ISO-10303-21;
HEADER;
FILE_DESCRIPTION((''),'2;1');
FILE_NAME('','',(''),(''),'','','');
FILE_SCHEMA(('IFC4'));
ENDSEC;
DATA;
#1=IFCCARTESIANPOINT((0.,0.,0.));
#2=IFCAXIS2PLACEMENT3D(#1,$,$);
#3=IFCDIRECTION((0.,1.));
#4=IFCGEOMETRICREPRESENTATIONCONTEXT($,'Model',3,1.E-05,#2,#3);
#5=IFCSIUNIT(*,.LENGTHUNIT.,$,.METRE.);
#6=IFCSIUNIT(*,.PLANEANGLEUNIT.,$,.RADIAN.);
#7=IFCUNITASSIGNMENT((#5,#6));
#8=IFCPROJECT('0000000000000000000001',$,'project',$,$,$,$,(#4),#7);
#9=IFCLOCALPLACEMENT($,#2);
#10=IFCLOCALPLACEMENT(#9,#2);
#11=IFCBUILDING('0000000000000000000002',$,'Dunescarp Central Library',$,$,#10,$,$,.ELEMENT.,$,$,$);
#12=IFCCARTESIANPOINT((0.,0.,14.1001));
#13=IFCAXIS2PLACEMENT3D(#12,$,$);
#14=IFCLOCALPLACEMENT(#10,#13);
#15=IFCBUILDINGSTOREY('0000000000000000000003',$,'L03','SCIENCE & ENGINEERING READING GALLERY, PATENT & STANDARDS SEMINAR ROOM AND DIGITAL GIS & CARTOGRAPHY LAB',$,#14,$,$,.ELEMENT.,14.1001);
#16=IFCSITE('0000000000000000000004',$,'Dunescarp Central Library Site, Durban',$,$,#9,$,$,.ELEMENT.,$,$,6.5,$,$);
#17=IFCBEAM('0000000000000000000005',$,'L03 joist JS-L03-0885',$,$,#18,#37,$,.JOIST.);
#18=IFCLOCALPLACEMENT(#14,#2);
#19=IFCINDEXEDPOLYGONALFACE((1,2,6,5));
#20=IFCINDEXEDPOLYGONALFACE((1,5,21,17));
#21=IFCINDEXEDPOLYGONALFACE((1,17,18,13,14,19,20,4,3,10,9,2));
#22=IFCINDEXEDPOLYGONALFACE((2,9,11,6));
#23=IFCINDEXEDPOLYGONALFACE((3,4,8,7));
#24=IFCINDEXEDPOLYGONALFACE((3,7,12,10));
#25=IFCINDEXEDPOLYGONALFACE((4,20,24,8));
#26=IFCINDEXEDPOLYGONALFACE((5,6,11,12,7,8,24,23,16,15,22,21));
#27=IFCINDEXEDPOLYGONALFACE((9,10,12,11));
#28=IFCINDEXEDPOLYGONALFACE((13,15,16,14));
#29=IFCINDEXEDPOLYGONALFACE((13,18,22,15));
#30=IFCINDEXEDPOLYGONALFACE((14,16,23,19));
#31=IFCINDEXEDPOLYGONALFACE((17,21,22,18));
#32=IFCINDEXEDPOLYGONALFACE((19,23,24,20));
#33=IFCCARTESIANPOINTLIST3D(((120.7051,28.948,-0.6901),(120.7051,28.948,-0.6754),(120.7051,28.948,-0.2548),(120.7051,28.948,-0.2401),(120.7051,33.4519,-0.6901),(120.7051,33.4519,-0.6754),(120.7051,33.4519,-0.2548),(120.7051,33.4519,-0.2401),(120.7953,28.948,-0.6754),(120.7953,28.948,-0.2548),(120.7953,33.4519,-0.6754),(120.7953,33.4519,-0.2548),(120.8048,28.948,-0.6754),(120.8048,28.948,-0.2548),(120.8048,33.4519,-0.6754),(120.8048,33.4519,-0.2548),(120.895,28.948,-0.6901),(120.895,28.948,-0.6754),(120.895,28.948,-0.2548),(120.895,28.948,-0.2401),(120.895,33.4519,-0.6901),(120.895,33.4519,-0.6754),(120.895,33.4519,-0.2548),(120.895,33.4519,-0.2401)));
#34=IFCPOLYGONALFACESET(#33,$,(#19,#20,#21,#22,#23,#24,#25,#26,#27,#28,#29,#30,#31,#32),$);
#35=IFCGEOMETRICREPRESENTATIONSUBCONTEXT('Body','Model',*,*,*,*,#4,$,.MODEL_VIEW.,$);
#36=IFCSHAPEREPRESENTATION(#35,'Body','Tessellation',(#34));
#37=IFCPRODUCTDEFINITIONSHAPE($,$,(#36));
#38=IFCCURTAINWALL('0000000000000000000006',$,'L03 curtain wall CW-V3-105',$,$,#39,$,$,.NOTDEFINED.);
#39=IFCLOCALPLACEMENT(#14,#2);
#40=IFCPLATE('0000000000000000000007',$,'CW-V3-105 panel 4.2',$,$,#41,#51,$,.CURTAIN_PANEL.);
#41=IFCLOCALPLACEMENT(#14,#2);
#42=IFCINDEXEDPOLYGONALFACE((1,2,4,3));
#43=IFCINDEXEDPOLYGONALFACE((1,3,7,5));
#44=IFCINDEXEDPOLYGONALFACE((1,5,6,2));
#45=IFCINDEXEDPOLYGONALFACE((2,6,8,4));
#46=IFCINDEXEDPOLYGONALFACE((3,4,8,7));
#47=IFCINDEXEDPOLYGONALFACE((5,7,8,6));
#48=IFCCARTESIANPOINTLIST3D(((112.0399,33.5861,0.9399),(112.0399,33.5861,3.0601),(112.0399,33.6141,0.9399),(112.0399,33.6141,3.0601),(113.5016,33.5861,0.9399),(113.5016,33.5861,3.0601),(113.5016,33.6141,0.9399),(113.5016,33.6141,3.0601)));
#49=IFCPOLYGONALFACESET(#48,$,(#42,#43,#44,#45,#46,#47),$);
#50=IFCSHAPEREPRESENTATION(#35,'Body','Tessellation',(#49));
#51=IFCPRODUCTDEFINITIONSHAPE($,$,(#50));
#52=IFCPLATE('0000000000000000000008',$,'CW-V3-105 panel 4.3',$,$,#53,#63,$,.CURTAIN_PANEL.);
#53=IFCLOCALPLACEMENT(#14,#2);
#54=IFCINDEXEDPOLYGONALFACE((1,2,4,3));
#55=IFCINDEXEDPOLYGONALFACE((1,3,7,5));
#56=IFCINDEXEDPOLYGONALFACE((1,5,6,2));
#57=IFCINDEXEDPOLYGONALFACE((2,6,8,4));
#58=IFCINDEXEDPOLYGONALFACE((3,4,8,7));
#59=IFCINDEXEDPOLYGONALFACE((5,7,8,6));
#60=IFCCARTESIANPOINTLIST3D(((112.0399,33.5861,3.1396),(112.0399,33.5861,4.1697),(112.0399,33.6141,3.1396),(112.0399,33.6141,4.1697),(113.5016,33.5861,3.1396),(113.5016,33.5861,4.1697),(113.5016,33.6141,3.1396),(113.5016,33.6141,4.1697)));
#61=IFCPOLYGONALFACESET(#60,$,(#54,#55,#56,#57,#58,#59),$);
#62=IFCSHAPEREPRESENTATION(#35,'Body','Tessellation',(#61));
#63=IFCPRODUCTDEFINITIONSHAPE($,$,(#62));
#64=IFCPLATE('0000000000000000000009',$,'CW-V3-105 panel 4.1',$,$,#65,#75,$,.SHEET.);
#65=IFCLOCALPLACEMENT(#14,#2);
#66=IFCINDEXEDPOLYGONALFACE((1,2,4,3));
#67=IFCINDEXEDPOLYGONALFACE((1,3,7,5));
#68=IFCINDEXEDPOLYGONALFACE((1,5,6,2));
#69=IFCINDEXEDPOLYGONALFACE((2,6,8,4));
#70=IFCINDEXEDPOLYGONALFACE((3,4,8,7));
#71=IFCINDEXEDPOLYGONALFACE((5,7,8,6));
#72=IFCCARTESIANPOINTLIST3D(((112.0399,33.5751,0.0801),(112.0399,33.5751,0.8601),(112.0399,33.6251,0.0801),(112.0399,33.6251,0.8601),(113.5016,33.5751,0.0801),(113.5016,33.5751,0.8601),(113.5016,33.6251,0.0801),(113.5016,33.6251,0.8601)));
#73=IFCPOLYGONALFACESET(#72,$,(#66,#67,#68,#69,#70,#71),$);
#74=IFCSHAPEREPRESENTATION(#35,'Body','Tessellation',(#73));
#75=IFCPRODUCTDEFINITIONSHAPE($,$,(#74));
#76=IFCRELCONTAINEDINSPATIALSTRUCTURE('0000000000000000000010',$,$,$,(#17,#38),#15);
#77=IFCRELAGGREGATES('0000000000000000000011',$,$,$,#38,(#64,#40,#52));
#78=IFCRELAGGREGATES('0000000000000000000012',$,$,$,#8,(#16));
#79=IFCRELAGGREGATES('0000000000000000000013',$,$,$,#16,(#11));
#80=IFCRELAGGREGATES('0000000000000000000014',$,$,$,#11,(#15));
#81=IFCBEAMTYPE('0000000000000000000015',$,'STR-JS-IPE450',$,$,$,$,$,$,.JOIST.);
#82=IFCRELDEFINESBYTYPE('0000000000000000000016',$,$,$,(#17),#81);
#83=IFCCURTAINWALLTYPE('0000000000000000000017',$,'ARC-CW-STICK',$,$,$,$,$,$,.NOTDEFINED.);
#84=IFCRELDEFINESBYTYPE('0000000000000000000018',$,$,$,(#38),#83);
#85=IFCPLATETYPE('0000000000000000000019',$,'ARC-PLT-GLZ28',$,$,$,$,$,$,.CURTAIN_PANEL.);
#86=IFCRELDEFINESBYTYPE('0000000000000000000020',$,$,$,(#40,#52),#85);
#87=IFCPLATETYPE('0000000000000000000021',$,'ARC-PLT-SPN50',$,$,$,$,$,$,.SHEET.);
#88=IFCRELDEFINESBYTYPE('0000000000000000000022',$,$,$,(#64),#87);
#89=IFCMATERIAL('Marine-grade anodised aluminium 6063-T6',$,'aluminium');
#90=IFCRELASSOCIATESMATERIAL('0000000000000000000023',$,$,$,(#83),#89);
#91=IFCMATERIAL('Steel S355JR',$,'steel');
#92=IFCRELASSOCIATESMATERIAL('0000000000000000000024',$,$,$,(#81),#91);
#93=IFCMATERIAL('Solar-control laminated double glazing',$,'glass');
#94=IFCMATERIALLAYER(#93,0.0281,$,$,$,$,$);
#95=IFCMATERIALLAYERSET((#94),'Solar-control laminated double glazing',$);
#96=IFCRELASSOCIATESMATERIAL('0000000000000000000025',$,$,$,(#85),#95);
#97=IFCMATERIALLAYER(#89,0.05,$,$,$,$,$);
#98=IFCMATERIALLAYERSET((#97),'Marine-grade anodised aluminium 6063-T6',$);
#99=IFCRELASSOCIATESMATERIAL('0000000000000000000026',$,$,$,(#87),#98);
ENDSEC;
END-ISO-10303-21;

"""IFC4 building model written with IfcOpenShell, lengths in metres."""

from ifc_helpers import new_model, si_unit, direction, frame, origin, origin_2d, place, context, subcontext, project, spatial, rectangle, i_section, extrude, material, layer, layer_set, material_profile, profile_set, type_object, element, aggregate, save


model = new_model("IFC4")

# Units and contexts
model_context = context("Model", 3, precision=1e-05, world=origin(), true_north=direction((0.0, 1.0)))
body_context = subcontext(model_context, "Body", "Model", "MODEL_VIEW")
ifc_project = project(units=[si_unit("LENGTHUNIT", "METRE"), si_unit("PLANEANGLEUNIT", "RADIAN")], contexts=[model_context])

# Site, building, storey
site_placement = place(None, origin())
site = spatial("IfcSite", under=ifc_project, at=site_placement, Name="Dunescarp Central Library Site, Durban", CompositionType="ELEMENT", RefElevation=6.5)
building_placement = place(site_placement, origin())
building = spatial("IfcBuilding", under=site, at=building_placement, Name="Dunescarp Central Library", CompositionType="ELEMENT")
storey_placement = place(building_placement, frame((0.0, 0.0, 14.1001)))
storey = spatial("IfcBuildingStorey", under=building, at=storey_placement, Name="L03", Description="SCIENCE & ENGINEERING READING GALLERY, PATENT & STANDARDS SEMINAR ROOM AND DIGITAL GIS & CARTOGRAPHY LAB", CompositionType="ELEMENT", Elevation=14.1001)

# Shared definitions
ifc_material_1 = material(Name="Steel S355JR", Category="steel")

# Shared definitions
ifc_material_2 = material(Name="Marine-grade anodised aluminium 6063-T6", Category="aluminium")
curtain_wall_type = type_object("IfcCurtainWallType", Name="ARC-CW-STICK", PredefinedType="NOTDEFINED", material=ifc_material_2)

# Beam
ifc_material_profile_1 = material_profile(ifc_material_1, i_section(OverallWidth=0.1899, OverallDepth=0.45, WebThickness=0.0095, FlangeThickness=0.0146, at=origin_2d()), Name="IPE 450")
ifc_profile_set_1 = profile_set([ifc_material_profile_1], Name="Steel S355JR")
beam_type_1 = type_object("IfcBeamType", Name="STR-JS-IPE450", PredefinedType="JOIST", material=ifc_profile_set_1)
beam_1_placement = place(storey_placement, frame((120.8, 28.948, -0.4651), z_axis=(0.0, 1.0, 0.0), x_axis=(-1.0, 0.0, 0.0)))
element("IfcBeam", 1, at=beam_1_placement, inside=storey, type_object=beam_type_1, Name="L03 joist JS-L03-0885", PredefinedType="JOIST", context=body_context, shape_type="SweptSolid", body=[
    extrude(i_section(OverallWidth=0.1899, OverallDepth=0.45, WebThickness=0.0095, FlangeThickness=0.0146, at=origin_2d()), origin(), (0.0, 0.0, 1.0), 4.5039),
])

# Curtain wall, plates
curtain_wall_1_placement = place(storey_placement, origin())
curtain_wall_1 = element("IfcCurtainWall", 2, at=curtain_wall_1_placement, inside=storey, type_object=curtain_wall_type, Name="L03 curtain wall CW-V3-105", PredefinedType="NOTDEFINED")
ifc_material_3 = material(Name="Solar-control laminated double glazing", Category="glass")
ifc_layer_1 = layer(ifc_material_3, 0.0281)
ifc_layer_set_1 = layer_set([ifc_layer_1], Name="Solar-control laminated double glazing")
plate_type_1 = type_object("IfcPlateType", Name="ARC-PLT-GLZ28", PredefinedType="CURTAIN_PANEL", material=ifc_layer_set_1)
plate_1_placement = place(storey_placement, frame((112.7708, 33.6001, 0.9399), z_axis=(0.0, 0.0, 1.0), x_axis=(1.0, 0.0, 0.0)))
plate_1 = element("IfcPlate", 3, at=plate_1_placement, type_object=plate_type_1, Name="CW-V3-105 panel 4.2", PredefinedType="CURTAIN_PANEL", context=body_context, shape_type="SweptSolid", body=[
    extrude(rectangle(XDim=1.4617, YDim=0.0281, at=origin_2d()), origin(), (0.0, 0.0, 1.0), 2.1201),
])
plate_2_placement = place(storey_placement, frame((112.7708, 33.6001, 3.1396), z_axis=(0.0, 0.0, 1.0), x_axis=(1.0, 0.0, 0.0)))
plate_2 = element("IfcPlate", 4, at=plate_2_placement, type_object=plate_type_1, Name="CW-V3-105 panel 4.3", PredefinedType="CURTAIN_PANEL", context=body_context, shape_type="SweptSolid", body=[
    extrude(rectangle(XDim=1.4617, YDim=0.0281, at=origin_2d()), origin(), (0.0, 0.0, 1.0), 1.03),
])
ifc_layer_2 = layer(ifc_material_2, 0.05)
ifc_layer_set_2 = layer_set([ifc_layer_2], Name="Marine-grade anodised aluminium 6063-T6")
plate_type_2 = type_object("IfcPlateType", Name="ARC-PLT-SPN50", PredefinedType="SHEET", material=ifc_layer_set_2)
plate_3_placement = place(storey_placement, frame((112.7708, 33.6001, 0.0801), z_axis=(0.0, 0.0, 1.0), x_axis=(1.0, 0.0, 0.0)))
plate_3 = element("IfcPlate", 5, at=plate_3_placement, type_object=plate_type_2, Name="CW-V3-105 panel 4.1", PredefinedType="SHEET", context=body_context, shape_type="SweptSolid", body=[
    extrude(rectangle(XDim=1.4617, YDim=0.05, at=origin_2d()), origin(), (0.0, 0.0, 1.0), 0.78),
])
aggregate(curtain_wall_1, [plate_3, plate_1, plate_2])

save(model, "model.ifc")
